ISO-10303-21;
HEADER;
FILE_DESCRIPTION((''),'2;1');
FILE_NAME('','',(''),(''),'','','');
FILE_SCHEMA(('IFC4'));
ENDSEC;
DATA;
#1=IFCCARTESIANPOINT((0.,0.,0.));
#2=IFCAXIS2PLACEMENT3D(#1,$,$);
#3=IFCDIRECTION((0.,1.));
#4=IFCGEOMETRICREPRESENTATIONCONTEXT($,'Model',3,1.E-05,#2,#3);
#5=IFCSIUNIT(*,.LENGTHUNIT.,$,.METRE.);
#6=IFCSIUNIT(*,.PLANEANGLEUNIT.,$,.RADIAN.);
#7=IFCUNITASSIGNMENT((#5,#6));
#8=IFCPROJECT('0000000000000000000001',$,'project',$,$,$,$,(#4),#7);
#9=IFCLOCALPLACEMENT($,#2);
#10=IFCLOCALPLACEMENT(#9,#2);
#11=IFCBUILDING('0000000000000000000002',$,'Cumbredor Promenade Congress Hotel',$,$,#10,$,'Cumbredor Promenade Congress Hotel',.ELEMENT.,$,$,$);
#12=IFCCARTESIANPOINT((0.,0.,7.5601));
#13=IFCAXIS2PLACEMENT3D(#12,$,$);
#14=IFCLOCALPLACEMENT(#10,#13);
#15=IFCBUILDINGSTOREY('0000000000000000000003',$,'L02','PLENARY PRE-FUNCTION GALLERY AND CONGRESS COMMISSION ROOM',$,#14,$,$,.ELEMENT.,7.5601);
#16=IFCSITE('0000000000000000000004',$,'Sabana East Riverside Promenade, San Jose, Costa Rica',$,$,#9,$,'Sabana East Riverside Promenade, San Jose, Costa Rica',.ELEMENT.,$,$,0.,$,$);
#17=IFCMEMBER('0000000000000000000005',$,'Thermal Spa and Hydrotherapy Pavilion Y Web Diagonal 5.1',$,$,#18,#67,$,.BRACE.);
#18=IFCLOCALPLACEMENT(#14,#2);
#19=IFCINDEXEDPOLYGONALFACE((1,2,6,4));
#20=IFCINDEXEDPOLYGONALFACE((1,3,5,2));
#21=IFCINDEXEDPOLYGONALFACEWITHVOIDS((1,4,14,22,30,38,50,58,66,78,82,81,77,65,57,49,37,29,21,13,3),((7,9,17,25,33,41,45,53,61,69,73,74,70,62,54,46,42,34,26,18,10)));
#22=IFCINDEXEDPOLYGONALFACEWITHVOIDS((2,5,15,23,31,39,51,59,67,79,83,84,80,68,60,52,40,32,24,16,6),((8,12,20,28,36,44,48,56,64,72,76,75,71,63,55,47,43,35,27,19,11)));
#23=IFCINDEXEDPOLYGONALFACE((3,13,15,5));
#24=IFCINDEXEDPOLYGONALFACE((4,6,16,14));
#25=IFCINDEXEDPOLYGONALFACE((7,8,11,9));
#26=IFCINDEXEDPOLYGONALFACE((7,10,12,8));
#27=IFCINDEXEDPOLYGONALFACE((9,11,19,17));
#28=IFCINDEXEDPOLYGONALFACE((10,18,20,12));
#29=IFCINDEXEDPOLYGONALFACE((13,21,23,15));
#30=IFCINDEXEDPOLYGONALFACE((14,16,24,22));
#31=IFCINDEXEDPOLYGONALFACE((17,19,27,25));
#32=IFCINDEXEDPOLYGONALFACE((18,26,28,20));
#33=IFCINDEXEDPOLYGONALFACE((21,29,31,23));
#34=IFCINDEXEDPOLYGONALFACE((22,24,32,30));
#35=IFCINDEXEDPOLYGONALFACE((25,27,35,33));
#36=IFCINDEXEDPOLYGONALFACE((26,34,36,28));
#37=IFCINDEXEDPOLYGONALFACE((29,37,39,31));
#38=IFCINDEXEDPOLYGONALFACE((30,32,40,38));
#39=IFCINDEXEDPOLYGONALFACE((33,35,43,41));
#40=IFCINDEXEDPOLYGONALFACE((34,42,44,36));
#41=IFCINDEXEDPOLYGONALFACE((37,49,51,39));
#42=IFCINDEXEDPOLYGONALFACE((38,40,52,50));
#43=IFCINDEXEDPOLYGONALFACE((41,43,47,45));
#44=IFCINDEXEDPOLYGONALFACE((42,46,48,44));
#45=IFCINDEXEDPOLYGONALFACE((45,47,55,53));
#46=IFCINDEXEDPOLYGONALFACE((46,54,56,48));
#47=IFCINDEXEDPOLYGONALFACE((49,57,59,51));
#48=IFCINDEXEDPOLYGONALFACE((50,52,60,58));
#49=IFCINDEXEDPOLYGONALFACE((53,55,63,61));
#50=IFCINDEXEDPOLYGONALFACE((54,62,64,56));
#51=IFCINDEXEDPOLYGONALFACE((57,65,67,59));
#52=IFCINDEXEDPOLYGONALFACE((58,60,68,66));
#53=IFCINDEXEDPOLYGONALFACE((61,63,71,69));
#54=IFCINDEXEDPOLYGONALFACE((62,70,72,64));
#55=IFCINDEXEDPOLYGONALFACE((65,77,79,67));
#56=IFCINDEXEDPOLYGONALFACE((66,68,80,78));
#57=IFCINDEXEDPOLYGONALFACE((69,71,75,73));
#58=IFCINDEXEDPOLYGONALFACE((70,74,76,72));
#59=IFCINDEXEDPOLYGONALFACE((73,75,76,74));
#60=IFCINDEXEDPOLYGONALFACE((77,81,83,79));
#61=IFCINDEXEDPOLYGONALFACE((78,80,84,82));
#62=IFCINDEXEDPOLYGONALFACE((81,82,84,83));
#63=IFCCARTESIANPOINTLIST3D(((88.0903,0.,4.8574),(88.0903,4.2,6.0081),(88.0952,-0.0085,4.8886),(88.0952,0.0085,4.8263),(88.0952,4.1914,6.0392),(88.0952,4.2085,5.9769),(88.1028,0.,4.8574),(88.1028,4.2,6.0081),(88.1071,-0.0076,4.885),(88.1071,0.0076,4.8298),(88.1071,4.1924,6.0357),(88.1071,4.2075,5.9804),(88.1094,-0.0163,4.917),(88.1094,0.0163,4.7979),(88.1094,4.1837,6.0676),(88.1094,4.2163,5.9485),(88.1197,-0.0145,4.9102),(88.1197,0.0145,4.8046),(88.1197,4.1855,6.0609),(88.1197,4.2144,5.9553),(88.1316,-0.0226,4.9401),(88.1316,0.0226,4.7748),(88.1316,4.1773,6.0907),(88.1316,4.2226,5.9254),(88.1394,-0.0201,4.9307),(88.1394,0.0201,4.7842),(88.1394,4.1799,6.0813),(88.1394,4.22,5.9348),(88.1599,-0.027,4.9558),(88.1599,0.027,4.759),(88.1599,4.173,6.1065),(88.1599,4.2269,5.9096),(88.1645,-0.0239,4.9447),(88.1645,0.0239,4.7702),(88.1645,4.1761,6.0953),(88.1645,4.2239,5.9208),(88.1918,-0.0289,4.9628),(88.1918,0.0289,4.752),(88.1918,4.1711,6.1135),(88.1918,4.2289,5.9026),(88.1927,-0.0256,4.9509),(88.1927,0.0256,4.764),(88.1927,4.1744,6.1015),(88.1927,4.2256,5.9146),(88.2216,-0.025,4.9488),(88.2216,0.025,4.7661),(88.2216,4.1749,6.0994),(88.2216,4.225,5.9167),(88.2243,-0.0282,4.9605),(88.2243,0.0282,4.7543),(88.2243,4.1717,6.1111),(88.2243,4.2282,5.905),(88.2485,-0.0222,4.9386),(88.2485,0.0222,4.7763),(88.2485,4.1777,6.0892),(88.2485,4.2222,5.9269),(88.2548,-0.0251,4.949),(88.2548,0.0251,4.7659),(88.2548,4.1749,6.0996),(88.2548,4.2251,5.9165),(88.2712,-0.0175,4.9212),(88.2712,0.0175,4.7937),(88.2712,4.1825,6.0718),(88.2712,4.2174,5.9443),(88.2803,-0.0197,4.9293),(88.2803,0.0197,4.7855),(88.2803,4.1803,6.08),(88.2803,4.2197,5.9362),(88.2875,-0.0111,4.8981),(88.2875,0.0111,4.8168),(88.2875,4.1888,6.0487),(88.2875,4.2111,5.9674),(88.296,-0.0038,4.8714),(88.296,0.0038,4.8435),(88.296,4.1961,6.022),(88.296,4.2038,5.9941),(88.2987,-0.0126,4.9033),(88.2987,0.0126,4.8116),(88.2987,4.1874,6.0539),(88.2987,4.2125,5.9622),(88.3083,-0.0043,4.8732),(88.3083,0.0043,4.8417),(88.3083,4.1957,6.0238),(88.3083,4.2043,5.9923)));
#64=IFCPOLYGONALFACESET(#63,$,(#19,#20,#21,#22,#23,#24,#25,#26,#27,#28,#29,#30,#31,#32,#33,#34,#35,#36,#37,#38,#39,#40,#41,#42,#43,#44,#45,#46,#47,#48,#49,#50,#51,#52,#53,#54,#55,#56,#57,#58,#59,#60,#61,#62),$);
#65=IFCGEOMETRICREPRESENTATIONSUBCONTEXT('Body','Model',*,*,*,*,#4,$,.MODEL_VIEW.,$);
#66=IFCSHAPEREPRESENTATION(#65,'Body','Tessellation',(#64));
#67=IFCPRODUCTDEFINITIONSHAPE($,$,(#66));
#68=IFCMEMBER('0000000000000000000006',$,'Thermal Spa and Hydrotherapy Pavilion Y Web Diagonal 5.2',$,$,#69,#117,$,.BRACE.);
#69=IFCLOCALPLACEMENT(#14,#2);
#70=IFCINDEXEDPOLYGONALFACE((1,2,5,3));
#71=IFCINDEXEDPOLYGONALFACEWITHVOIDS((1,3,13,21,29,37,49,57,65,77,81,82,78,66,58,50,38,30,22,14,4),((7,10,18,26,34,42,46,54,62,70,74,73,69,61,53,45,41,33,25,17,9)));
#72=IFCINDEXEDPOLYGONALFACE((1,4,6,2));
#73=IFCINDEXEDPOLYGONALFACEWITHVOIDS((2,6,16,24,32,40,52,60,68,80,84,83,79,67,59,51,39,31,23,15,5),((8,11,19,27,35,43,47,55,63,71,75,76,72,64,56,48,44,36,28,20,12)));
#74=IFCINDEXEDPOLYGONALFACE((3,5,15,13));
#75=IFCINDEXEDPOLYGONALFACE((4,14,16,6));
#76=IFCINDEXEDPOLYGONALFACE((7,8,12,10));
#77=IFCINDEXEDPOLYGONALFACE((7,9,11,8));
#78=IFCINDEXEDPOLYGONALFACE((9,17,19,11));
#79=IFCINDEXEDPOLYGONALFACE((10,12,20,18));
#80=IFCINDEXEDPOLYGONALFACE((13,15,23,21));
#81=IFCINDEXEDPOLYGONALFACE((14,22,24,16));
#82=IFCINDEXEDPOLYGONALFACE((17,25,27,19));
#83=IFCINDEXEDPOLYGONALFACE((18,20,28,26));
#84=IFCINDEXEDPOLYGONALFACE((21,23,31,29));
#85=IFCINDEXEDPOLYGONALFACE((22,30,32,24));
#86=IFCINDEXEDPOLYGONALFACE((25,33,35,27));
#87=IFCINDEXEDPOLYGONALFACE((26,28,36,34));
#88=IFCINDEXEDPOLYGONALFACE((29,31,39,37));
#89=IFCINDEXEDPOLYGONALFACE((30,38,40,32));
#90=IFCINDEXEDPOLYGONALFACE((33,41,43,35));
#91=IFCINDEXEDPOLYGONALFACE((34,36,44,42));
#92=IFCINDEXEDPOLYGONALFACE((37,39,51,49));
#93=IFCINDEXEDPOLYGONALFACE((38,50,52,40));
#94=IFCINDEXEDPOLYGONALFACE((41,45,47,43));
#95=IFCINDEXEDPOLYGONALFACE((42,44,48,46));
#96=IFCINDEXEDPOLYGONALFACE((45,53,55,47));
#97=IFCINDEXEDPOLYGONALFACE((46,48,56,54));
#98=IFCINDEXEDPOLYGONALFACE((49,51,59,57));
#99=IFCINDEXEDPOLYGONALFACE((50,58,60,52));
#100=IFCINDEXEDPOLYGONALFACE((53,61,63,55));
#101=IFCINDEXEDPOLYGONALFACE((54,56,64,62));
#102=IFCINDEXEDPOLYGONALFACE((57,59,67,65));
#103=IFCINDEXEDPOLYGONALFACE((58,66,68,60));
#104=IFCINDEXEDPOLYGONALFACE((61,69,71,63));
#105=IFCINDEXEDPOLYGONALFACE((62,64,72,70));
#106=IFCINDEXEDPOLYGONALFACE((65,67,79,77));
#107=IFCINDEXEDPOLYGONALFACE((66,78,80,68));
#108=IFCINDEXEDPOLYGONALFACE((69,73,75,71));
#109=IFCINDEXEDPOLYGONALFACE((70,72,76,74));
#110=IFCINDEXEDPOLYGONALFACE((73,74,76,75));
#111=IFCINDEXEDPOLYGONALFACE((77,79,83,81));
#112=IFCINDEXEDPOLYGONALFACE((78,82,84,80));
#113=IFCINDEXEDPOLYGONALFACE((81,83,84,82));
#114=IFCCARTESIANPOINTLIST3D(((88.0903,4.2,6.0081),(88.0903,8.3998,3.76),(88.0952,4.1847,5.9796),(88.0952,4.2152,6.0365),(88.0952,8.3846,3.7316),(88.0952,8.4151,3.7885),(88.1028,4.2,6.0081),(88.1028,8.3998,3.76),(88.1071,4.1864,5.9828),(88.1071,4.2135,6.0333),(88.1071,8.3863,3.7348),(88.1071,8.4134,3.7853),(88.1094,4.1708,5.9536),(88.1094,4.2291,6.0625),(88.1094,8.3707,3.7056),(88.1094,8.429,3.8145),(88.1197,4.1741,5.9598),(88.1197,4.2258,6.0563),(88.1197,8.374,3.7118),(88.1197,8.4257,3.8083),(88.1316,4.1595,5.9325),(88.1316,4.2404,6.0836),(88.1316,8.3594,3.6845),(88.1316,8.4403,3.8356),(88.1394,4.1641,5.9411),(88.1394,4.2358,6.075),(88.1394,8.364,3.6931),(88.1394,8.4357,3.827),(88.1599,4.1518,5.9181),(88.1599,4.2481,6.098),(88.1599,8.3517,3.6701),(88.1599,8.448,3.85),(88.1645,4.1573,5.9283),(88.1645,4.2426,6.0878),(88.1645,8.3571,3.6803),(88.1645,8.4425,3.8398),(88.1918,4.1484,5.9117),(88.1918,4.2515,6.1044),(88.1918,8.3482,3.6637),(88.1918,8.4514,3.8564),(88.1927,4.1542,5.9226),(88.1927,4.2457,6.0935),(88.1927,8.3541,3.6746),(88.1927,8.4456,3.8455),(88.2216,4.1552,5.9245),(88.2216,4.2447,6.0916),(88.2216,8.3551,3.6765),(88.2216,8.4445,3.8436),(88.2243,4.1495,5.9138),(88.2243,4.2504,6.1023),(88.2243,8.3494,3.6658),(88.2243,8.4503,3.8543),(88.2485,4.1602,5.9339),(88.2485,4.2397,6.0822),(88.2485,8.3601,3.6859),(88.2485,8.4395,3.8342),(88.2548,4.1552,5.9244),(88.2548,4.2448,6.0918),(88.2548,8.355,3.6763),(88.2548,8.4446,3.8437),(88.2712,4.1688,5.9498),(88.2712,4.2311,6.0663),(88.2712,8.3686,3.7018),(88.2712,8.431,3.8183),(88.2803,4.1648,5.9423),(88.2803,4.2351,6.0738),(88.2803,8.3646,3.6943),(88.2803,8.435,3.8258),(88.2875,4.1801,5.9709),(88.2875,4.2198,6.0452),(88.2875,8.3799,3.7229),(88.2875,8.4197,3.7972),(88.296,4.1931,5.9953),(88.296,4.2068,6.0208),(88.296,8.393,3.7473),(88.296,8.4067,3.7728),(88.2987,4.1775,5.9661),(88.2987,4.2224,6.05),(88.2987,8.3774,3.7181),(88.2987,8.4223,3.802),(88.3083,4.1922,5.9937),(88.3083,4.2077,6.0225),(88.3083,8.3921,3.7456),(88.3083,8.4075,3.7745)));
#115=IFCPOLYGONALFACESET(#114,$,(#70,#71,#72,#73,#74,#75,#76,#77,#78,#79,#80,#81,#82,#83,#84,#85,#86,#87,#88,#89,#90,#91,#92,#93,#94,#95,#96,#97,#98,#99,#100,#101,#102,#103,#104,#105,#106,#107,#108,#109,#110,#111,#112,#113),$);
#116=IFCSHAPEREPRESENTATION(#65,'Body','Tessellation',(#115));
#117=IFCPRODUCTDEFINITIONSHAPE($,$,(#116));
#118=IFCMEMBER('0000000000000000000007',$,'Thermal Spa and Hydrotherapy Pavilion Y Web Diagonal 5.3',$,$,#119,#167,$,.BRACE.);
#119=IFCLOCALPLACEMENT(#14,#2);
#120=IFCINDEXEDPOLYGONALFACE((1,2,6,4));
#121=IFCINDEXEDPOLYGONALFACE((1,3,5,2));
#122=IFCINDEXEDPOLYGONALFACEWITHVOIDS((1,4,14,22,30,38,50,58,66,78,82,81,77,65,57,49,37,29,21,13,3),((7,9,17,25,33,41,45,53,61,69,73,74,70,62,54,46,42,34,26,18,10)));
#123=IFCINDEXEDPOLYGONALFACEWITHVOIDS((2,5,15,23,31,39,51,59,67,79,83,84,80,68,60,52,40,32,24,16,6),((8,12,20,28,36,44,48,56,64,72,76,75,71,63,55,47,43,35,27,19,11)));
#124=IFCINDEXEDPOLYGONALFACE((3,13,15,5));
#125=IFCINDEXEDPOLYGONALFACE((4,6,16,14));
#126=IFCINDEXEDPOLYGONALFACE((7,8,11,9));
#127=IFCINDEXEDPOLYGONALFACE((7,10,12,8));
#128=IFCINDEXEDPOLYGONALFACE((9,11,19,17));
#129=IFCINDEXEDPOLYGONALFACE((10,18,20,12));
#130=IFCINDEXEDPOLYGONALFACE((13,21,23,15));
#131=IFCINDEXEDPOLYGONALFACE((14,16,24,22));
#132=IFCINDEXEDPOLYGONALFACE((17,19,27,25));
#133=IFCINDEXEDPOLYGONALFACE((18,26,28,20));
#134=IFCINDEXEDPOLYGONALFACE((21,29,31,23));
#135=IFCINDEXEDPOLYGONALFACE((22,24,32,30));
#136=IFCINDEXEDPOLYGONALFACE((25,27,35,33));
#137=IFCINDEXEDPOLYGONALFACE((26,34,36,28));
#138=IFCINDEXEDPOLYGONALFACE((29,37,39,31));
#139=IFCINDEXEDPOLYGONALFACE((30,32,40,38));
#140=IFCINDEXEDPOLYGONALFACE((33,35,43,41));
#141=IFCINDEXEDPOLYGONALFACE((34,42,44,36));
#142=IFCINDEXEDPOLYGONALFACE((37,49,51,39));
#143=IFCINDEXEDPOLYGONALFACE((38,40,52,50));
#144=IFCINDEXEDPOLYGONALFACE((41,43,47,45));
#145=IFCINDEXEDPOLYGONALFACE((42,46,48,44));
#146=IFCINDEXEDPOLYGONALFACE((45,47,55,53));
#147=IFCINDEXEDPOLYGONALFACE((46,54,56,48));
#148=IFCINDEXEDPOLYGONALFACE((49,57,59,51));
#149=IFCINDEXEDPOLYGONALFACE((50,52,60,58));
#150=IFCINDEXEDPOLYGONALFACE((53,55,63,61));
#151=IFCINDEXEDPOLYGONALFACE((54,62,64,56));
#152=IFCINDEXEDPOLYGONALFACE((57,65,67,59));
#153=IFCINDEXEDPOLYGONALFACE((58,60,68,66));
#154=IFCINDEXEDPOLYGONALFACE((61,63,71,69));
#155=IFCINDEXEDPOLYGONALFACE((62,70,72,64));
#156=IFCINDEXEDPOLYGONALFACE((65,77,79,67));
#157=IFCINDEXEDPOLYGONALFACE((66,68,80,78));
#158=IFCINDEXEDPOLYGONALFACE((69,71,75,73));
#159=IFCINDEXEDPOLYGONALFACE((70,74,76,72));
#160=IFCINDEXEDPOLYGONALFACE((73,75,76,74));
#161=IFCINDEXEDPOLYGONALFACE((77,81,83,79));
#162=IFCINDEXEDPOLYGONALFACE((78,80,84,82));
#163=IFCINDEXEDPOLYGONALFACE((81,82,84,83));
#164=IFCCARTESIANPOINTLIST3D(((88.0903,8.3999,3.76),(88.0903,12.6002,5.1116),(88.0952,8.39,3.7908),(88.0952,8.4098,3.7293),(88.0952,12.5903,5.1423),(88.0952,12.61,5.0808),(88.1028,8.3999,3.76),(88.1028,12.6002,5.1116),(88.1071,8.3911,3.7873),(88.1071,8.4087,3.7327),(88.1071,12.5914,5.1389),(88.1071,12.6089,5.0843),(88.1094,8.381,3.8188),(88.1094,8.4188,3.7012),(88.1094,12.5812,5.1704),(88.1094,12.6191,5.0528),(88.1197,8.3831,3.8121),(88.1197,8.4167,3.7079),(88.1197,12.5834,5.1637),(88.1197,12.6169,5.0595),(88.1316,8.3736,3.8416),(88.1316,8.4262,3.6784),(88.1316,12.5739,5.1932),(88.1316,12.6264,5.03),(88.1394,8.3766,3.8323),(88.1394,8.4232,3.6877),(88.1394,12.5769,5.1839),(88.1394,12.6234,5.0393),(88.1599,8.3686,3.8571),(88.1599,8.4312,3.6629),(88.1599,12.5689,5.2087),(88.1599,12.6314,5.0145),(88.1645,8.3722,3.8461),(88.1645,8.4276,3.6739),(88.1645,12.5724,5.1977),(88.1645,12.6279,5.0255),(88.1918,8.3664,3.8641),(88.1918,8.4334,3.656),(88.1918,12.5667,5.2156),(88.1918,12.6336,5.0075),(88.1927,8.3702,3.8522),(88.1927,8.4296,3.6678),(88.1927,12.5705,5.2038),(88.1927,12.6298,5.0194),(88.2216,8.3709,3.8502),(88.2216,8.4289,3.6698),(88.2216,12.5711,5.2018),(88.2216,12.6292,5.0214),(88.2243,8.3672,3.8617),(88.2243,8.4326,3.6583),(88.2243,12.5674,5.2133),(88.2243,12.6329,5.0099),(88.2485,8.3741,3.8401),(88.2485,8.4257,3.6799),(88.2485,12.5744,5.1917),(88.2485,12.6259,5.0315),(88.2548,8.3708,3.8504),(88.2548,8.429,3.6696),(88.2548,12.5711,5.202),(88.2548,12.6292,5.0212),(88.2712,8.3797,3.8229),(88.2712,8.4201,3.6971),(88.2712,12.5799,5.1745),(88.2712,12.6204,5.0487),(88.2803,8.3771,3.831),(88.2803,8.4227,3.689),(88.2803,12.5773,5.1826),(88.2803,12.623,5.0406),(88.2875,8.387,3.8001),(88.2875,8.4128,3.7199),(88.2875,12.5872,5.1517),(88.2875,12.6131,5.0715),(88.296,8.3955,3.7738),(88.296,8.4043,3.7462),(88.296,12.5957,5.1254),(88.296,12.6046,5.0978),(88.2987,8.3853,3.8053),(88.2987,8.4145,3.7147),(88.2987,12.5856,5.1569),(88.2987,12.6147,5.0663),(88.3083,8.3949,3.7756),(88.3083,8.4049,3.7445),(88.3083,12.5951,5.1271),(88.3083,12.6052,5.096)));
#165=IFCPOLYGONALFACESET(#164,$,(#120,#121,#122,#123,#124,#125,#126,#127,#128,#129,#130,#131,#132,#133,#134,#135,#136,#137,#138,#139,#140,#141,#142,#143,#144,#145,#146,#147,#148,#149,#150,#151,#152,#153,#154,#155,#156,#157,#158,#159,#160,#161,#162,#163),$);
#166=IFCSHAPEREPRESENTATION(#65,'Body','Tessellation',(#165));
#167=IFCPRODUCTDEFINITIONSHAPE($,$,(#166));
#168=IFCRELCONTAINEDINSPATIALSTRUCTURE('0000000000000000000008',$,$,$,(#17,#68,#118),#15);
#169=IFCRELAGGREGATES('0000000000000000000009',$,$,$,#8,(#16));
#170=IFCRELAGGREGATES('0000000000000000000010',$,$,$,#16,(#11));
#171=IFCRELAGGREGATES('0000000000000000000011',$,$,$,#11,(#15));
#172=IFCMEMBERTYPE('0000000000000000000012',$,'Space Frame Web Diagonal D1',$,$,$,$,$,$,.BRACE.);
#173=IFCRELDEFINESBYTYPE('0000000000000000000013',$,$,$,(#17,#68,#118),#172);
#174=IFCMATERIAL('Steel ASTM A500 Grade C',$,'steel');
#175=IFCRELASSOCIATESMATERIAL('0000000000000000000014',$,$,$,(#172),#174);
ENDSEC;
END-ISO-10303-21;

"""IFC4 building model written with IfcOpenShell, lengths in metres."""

from ifc_helpers import new_model, si_unit, direction, frame, origin, origin_2d, place, context, subcontext, project, spatial, hollow_circle, extrude, material, material_profile, profile_set, type_object, element, save


model = new_model("IFC4")

# Units and contexts
model_context = context("Model", 3, precision=1e-05, world=origin(), true_north=direction((0.0, 1.0)))
body_context = subcontext(model_context, "Body", "Model", "MODEL_VIEW")
ifc_project = project(units=[si_unit("LENGTHUNIT", "METRE"), si_unit("PLANEANGLEUNIT", "RADIAN")], contexts=[model_context])

# Site, building, storey
site_placement = place(None, origin())
site = spatial("IfcSite", under=ifc_project, at=site_placement, Name="Sabana East Riverside Promenade, San Jose, Costa Rica", LongName="Sabana East Riverside Promenade, San Jose, Costa Rica", CompositionType="ELEMENT", RefElevation=0.0)
building_placement = place(site_placement, origin())
building = spatial("IfcBuilding", under=site, at=building_placement, Name="Cumbredor Promenade Congress Hotel", LongName="Cumbredor Promenade Congress Hotel", CompositionType="ELEMENT")
storey_placement = place(building_placement, frame((0.0, 0.0, 7.5601)))
storey = spatial("IfcBuildingStorey", under=building, at=storey_placement, Name="L02", Description="PLENARY PRE-FUNCTION GALLERY AND CONGRESS COMMISSION ROOM", CompositionType="ELEMENT", Elevation=7.5601)

# Members
ifc_material_1 = material(Name="Steel ASTM A500 Grade C", Category="steel")
ifc_material_profile_1 = material_profile(ifc_material_1, hollow_circle(Radius=0.1096, WallThickness=0.0125, at=origin_2d()), Name="CHS 219.1x12.5")
ifc_profile_set_1 = profile_set([ifc_material_profile_1], Name="Steel ASTM A500 Grade C")
member_type_1 = type_object("IfcMemberType", Name="Space Frame Web Diagonal D1", PredefinedType="BRACE", material=ifc_profile_set_1)
member_1_placement = place(storey_placement, frame((88.2, 0.0, 4.8574), z_axis=(0.0, 0.96446, 0.264227), x_axis=(-1.0, 0.0, 0.0)))
element("IfcMember", 1, at=member_1_placement, inside=storey, type_object=member_type_1, Name="Thermal Spa and Hydrotherapy Pavilion Y Web Diagonal 5.1", PredefinedType="BRACE", context=body_context, shape_type="SweptSolid", body=[
    extrude(hollow_circle(Radius=0.1096, WallThickness=0.0125, at=origin_2d()), origin(), (0.0, 0.0, 1.0), 4.3547),
])
member_2_placement = place(storey_placement, frame((88.2, 4.2, 6.0081), z_axis=(0.0, 0.881648, -0.471907), x_axis=(-1.0, 0.0, 0.0)))
element("IfcMember", 2, at=member_2_placement, inside=storey, type_object=member_type_1, Name="Thermal Spa and Hydrotherapy Pavilion Y Web Diagonal 5.2", PredefinedType="BRACE", context=body_context, shape_type="SweptSolid", body=[
    extrude(hollow_circle(Radius=0.1096, WallThickness=0.0125, at=origin_2d()), origin(), (0.0, 0.0, 1.0), 4.7637),
])
member_3_placement = place(storey_placement, frame((88.2, 8.3999, 3.76), z_axis=(0.0, 0.951929, 0.306317), x_axis=(-1.0, 0.0, 0.0)))
element("IfcMember", 3, at=member_3_placement, inside=storey, type_object=member_type_1, Name="Thermal Spa and Hydrotherapy Pavilion Y Web Diagonal 5.3", PredefinedType="BRACE", context=body_context, shape_type="SweptSolid", body=[
    extrude(hollow_circle(Radius=0.1096, WallThickness=0.0125, at=origin_2d()), origin(), (0.0, 0.0, 1.0), 4.4124),
])

save(model, "model.ifc")
